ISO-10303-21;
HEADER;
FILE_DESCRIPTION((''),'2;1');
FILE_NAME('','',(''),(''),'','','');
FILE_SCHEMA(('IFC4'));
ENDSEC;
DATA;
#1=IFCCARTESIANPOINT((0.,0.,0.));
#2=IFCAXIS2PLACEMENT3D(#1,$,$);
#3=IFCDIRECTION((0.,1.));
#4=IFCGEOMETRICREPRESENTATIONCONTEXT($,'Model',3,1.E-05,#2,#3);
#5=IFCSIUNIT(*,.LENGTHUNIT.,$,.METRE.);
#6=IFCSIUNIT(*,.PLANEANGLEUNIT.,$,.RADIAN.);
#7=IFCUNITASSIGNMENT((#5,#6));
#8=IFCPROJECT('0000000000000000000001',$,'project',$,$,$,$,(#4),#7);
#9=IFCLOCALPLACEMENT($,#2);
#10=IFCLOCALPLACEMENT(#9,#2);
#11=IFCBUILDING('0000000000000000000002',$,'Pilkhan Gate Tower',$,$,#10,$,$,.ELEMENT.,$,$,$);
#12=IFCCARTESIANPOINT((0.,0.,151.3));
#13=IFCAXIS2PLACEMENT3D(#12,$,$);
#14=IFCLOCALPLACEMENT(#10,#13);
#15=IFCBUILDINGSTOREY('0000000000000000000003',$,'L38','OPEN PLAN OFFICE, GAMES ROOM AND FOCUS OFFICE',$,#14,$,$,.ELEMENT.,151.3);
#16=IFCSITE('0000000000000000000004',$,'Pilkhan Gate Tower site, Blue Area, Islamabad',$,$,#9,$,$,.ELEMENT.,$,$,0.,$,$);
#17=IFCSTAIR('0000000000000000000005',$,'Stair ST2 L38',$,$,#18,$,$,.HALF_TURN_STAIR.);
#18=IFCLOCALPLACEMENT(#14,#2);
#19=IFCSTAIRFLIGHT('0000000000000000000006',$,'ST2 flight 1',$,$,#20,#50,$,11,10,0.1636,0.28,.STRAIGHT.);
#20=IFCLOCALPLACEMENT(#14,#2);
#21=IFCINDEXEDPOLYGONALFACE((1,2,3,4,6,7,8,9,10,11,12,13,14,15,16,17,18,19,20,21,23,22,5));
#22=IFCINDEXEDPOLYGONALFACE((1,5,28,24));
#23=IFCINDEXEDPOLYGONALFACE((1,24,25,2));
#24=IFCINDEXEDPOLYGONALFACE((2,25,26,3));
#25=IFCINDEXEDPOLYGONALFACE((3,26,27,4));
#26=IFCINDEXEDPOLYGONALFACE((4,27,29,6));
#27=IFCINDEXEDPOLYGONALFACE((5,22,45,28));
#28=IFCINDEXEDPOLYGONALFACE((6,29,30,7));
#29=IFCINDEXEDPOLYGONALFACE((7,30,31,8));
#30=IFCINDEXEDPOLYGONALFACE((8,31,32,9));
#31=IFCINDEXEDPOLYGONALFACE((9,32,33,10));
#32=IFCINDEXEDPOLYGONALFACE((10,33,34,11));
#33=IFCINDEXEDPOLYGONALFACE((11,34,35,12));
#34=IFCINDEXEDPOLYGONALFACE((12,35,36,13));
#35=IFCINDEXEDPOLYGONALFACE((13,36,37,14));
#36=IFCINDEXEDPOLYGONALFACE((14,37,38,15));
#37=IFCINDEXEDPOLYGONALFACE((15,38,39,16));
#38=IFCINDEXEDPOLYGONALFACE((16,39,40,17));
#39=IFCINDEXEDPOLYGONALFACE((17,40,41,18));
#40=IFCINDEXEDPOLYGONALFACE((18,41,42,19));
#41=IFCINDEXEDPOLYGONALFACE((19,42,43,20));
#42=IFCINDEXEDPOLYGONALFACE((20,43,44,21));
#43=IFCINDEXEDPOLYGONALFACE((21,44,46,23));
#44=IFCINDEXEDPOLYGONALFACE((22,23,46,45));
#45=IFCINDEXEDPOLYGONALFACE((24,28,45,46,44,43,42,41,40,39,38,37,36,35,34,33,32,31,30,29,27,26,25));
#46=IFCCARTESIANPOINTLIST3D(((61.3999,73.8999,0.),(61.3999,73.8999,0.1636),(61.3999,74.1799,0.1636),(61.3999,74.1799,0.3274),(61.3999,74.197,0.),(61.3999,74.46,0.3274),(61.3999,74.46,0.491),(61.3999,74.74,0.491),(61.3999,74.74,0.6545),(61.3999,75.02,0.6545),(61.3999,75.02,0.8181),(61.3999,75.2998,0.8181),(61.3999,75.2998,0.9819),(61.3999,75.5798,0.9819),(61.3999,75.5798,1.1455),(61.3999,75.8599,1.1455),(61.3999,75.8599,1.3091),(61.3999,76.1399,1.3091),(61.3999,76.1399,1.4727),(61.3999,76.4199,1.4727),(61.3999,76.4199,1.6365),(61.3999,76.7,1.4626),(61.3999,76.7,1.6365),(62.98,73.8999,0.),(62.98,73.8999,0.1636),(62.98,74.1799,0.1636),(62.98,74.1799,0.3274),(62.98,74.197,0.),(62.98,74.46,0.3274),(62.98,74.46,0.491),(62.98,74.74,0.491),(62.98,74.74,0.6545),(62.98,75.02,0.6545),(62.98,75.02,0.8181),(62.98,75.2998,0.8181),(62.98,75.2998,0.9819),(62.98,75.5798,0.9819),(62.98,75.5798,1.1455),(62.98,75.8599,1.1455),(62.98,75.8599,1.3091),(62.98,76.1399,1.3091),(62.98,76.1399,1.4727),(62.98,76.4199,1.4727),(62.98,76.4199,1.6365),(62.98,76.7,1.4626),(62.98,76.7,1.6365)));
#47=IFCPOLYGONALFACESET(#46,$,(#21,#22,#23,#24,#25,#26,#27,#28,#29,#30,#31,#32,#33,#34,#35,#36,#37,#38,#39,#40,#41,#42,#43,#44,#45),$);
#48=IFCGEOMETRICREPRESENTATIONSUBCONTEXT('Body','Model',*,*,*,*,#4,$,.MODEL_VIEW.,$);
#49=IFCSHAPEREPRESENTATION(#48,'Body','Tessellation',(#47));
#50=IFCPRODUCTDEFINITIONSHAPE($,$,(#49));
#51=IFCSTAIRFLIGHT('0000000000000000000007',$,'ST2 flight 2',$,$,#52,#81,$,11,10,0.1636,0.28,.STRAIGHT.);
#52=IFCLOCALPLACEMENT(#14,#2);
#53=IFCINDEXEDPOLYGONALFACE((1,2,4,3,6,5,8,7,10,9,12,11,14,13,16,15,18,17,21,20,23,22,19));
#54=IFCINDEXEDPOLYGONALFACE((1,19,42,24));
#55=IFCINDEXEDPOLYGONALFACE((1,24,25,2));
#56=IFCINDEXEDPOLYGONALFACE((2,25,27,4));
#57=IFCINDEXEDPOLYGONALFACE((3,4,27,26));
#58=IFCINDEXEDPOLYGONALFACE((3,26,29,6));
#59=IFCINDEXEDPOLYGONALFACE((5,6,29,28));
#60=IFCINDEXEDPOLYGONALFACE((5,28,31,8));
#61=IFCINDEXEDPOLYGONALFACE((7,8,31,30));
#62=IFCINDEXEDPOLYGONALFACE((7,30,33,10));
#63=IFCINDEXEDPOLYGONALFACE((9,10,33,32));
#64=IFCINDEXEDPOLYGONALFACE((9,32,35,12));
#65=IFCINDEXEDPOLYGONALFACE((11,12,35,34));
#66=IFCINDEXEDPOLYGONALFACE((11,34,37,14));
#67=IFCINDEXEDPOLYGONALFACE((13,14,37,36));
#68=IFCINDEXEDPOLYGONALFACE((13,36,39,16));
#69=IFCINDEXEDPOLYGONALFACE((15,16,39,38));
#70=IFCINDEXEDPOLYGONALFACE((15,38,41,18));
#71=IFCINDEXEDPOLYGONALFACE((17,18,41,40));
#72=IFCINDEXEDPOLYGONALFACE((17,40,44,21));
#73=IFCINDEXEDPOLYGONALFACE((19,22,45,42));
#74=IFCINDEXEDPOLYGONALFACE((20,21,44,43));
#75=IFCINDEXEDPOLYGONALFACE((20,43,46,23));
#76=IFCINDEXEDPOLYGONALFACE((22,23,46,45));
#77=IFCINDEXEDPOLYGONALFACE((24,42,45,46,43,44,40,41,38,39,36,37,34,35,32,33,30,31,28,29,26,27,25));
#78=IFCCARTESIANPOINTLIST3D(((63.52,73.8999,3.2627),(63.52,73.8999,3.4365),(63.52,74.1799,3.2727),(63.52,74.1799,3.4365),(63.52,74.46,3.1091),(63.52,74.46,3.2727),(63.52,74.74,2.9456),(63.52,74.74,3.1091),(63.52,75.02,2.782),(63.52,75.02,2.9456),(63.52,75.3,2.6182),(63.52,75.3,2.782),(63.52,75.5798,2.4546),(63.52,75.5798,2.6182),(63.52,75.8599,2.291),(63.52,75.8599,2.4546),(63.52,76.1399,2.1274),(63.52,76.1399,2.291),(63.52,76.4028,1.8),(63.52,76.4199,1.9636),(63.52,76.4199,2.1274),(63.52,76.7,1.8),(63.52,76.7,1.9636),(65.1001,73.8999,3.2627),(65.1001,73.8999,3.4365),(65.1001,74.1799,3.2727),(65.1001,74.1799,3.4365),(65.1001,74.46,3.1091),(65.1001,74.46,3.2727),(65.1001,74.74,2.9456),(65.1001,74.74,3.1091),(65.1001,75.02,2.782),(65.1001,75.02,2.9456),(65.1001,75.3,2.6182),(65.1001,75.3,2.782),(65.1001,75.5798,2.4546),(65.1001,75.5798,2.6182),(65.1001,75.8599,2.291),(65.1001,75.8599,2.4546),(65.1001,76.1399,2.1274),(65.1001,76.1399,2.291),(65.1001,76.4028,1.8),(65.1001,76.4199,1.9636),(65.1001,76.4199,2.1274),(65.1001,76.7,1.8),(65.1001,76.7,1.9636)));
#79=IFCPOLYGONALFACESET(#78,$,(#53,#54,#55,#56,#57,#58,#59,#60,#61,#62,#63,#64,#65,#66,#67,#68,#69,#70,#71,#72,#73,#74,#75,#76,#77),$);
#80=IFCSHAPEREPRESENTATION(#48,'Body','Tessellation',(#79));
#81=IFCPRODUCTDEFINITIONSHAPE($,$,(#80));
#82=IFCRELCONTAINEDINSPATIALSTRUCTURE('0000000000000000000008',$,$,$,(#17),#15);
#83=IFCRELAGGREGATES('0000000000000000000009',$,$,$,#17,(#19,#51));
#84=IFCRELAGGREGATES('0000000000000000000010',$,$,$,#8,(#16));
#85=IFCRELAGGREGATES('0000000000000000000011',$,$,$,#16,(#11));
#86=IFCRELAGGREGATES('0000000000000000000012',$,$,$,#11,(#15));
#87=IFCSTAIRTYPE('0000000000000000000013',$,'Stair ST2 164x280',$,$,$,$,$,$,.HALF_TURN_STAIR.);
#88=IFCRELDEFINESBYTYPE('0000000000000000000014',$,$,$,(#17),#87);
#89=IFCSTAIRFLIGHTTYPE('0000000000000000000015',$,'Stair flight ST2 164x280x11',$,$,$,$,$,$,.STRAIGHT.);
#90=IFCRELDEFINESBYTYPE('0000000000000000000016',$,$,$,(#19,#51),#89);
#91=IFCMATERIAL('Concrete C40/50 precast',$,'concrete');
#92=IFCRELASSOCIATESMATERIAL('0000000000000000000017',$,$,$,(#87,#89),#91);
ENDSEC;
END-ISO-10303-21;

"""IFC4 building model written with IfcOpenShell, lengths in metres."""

from ifc_helpers import new_model, si_unit, direction, frame, origin, place, context, subcontext, project, spatial, polyline, outline, extrude, material, type_object, element, aggregate, save


model = new_model("IFC4")

# Units and contexts
model_context = context("Model", 3, precision=1e-05, world=origin(), true_north=direction((0.0, 1.0)))
body_context = subcontext(model_context, "Body", "Model", "MODEL_VIEW")
ifc_project = project(units=[si_unit("LENGTHUNIT", "METRE"), si_unit("PLANEANGLEUNIT", "RADIAN")], contexts=[model_context])

# Site, building, storey
site_placement = place(None, origin())
site = spatial("IfcSite", under=ifc_project, at=site_placement, Name="Pilkhan Gate Tower site, Blue Area, Islamabad", CompositionType="ELEMENT", RefElevation=0.0)
building_placement = place(site_placement, origin())
building = spatial("IfcBuilding", under=site, at=building_placement, Name="Pilkhan Gate Tower", CompositionType="ELEMENT")
storey_placement = place(building_placement, frame((0.0, 0.0, 151.3)))
storey = spatial("IfcBuildingStorey", under=building, at=storey_placement, Name="L38", Description="OPEN PLAN OFFICE, GAMES ROOM AND FOCUS OFFICE", CompositionType="ELEMENT", Elevation=151.3)

# Stair, stair flights
ifc_material_1 = material(Name="Concrete C40/50 precast", Category="concrete")
stair_type = type_object("IfcStairType", Name="Stair ST2 164x280", PredefinedType="HALF_TURN_STAIR", material=ifc_material_1)
stair_placement = place(storey_placement, origin())
stair = element("IfcStair", 1, at=stair_placement, inside=storey, type_object=stair_type, Name="Stair ST2 L38", PredefinedType="HALF_TURN_STAIR")
stair_flight_type = type_object("IfcStairFlightType", Name="Stair flight ST2 164x280x11", PredefinedType="STRAIGHT", material=ifc_material_1)
stair_flight_1_placement = place(storey_placement, frame((62.1899, 73.8999, 0.0), z_axis=(0.0, 0.0, 1.0), x_axis=(0.0, 1.0, 0.0)))
stair_flight_1 = element("IfcStairFlight", 2, at=stair_flight_1_placement, type_object=stair_flight_type, Name="ST2 flight 1", NumberOfRisers=11, NumberOfTreads=10, PredefinedType="STRAIGHT", RiserHeight=0.1636, TreadLength=0.28, context=body_context, shape_type="SweptSolid", body=[
    extrude(outline(polyline([(0.0, 0.0), (0.0, 0.1636), (0.28, 0.1636), (0.28, 0.3274), (0.5601, 0.3274), (0.5601, 0.491), (0.8401, 0.491), (0.8401, 0.6545), (1.1201, 0.6545), (1.1201, 0.8181), (1.3999, 0.8181), (1.3999, 0.9819), (1.6799, 0.9819), (1.6799, 1.1455), (1.96, 1.1455), (1.96, 1.3091), (2.24, 1.3091), (2.24, 1.4727), (2.52, 1.4727), (2.52, 1.6365), (2.8, 1.6365), (2.8, 1.8), (2.8, 1.4626), (0.2971, 0.0), (0.0, 0.0)])), frame((0.0, 0.79, 0.0), z_axis=(0.0, -1.0, 0.0), x_axis=(1.0, 0.0, 0.0)), (0.0, 0.0, 1.0), 1.5801),
])
stair_flight_2_placement = place(storey_placement, frame((64.3101, 76.7, 1.8), z_axis=(0.0, 0.0, 1.0), x_axis=(0.0, -1.0, 0.0)))
stair_flight_2 = element("IfcStairFlight", 3, at=stair_flight_2_placement, type_object=stair_flight_type, Name="ST2 flight 2", NumberOfRisers=11, NumberOfTreads=10, PredefinedType="STRAIGHT", RiserHeight=0.1636, TreadLength=0.28, context=body_context, shape_type="SweptSolid", body=[
    extrude(outline(polyline([(0.0, 0.0), (0.0, 0.1636), (0.28, 0.1636), (0.28, 0.3274), (0.5601, 0.3274), (0.5601, 0.491), (0.8401, 0.491), (0.8401, 0.6545), (1.1201, 0.6545), (1.1201, 0.8181), (1.3999, 0.8181), (1.3999, 0.9819), (1.6799, 0.9819), (1.6799, 1.1455), (1.96, 1.1455), (1.96, 1.3091), (2.24, 1.3091), (2.24, 1.4727), (2.52, 1.4727), (2.52, 1.6365), (2.8, 1.6365), (2.8, 1.8), (2.8, 1.4626), (0.2971, 0.0), (0.0, 0.0)])), frame((0.0, 0.79, 0.0), z_axis=(0.0, -1.0, 0.0), x_axis=(1.0, 0.0, 0.0)), (0.0, 0.0, 1.0), 1.5801),
])
aggregate(stair, [stair_flight_1, stair_flight_2])

save(model, "model.ifc")
